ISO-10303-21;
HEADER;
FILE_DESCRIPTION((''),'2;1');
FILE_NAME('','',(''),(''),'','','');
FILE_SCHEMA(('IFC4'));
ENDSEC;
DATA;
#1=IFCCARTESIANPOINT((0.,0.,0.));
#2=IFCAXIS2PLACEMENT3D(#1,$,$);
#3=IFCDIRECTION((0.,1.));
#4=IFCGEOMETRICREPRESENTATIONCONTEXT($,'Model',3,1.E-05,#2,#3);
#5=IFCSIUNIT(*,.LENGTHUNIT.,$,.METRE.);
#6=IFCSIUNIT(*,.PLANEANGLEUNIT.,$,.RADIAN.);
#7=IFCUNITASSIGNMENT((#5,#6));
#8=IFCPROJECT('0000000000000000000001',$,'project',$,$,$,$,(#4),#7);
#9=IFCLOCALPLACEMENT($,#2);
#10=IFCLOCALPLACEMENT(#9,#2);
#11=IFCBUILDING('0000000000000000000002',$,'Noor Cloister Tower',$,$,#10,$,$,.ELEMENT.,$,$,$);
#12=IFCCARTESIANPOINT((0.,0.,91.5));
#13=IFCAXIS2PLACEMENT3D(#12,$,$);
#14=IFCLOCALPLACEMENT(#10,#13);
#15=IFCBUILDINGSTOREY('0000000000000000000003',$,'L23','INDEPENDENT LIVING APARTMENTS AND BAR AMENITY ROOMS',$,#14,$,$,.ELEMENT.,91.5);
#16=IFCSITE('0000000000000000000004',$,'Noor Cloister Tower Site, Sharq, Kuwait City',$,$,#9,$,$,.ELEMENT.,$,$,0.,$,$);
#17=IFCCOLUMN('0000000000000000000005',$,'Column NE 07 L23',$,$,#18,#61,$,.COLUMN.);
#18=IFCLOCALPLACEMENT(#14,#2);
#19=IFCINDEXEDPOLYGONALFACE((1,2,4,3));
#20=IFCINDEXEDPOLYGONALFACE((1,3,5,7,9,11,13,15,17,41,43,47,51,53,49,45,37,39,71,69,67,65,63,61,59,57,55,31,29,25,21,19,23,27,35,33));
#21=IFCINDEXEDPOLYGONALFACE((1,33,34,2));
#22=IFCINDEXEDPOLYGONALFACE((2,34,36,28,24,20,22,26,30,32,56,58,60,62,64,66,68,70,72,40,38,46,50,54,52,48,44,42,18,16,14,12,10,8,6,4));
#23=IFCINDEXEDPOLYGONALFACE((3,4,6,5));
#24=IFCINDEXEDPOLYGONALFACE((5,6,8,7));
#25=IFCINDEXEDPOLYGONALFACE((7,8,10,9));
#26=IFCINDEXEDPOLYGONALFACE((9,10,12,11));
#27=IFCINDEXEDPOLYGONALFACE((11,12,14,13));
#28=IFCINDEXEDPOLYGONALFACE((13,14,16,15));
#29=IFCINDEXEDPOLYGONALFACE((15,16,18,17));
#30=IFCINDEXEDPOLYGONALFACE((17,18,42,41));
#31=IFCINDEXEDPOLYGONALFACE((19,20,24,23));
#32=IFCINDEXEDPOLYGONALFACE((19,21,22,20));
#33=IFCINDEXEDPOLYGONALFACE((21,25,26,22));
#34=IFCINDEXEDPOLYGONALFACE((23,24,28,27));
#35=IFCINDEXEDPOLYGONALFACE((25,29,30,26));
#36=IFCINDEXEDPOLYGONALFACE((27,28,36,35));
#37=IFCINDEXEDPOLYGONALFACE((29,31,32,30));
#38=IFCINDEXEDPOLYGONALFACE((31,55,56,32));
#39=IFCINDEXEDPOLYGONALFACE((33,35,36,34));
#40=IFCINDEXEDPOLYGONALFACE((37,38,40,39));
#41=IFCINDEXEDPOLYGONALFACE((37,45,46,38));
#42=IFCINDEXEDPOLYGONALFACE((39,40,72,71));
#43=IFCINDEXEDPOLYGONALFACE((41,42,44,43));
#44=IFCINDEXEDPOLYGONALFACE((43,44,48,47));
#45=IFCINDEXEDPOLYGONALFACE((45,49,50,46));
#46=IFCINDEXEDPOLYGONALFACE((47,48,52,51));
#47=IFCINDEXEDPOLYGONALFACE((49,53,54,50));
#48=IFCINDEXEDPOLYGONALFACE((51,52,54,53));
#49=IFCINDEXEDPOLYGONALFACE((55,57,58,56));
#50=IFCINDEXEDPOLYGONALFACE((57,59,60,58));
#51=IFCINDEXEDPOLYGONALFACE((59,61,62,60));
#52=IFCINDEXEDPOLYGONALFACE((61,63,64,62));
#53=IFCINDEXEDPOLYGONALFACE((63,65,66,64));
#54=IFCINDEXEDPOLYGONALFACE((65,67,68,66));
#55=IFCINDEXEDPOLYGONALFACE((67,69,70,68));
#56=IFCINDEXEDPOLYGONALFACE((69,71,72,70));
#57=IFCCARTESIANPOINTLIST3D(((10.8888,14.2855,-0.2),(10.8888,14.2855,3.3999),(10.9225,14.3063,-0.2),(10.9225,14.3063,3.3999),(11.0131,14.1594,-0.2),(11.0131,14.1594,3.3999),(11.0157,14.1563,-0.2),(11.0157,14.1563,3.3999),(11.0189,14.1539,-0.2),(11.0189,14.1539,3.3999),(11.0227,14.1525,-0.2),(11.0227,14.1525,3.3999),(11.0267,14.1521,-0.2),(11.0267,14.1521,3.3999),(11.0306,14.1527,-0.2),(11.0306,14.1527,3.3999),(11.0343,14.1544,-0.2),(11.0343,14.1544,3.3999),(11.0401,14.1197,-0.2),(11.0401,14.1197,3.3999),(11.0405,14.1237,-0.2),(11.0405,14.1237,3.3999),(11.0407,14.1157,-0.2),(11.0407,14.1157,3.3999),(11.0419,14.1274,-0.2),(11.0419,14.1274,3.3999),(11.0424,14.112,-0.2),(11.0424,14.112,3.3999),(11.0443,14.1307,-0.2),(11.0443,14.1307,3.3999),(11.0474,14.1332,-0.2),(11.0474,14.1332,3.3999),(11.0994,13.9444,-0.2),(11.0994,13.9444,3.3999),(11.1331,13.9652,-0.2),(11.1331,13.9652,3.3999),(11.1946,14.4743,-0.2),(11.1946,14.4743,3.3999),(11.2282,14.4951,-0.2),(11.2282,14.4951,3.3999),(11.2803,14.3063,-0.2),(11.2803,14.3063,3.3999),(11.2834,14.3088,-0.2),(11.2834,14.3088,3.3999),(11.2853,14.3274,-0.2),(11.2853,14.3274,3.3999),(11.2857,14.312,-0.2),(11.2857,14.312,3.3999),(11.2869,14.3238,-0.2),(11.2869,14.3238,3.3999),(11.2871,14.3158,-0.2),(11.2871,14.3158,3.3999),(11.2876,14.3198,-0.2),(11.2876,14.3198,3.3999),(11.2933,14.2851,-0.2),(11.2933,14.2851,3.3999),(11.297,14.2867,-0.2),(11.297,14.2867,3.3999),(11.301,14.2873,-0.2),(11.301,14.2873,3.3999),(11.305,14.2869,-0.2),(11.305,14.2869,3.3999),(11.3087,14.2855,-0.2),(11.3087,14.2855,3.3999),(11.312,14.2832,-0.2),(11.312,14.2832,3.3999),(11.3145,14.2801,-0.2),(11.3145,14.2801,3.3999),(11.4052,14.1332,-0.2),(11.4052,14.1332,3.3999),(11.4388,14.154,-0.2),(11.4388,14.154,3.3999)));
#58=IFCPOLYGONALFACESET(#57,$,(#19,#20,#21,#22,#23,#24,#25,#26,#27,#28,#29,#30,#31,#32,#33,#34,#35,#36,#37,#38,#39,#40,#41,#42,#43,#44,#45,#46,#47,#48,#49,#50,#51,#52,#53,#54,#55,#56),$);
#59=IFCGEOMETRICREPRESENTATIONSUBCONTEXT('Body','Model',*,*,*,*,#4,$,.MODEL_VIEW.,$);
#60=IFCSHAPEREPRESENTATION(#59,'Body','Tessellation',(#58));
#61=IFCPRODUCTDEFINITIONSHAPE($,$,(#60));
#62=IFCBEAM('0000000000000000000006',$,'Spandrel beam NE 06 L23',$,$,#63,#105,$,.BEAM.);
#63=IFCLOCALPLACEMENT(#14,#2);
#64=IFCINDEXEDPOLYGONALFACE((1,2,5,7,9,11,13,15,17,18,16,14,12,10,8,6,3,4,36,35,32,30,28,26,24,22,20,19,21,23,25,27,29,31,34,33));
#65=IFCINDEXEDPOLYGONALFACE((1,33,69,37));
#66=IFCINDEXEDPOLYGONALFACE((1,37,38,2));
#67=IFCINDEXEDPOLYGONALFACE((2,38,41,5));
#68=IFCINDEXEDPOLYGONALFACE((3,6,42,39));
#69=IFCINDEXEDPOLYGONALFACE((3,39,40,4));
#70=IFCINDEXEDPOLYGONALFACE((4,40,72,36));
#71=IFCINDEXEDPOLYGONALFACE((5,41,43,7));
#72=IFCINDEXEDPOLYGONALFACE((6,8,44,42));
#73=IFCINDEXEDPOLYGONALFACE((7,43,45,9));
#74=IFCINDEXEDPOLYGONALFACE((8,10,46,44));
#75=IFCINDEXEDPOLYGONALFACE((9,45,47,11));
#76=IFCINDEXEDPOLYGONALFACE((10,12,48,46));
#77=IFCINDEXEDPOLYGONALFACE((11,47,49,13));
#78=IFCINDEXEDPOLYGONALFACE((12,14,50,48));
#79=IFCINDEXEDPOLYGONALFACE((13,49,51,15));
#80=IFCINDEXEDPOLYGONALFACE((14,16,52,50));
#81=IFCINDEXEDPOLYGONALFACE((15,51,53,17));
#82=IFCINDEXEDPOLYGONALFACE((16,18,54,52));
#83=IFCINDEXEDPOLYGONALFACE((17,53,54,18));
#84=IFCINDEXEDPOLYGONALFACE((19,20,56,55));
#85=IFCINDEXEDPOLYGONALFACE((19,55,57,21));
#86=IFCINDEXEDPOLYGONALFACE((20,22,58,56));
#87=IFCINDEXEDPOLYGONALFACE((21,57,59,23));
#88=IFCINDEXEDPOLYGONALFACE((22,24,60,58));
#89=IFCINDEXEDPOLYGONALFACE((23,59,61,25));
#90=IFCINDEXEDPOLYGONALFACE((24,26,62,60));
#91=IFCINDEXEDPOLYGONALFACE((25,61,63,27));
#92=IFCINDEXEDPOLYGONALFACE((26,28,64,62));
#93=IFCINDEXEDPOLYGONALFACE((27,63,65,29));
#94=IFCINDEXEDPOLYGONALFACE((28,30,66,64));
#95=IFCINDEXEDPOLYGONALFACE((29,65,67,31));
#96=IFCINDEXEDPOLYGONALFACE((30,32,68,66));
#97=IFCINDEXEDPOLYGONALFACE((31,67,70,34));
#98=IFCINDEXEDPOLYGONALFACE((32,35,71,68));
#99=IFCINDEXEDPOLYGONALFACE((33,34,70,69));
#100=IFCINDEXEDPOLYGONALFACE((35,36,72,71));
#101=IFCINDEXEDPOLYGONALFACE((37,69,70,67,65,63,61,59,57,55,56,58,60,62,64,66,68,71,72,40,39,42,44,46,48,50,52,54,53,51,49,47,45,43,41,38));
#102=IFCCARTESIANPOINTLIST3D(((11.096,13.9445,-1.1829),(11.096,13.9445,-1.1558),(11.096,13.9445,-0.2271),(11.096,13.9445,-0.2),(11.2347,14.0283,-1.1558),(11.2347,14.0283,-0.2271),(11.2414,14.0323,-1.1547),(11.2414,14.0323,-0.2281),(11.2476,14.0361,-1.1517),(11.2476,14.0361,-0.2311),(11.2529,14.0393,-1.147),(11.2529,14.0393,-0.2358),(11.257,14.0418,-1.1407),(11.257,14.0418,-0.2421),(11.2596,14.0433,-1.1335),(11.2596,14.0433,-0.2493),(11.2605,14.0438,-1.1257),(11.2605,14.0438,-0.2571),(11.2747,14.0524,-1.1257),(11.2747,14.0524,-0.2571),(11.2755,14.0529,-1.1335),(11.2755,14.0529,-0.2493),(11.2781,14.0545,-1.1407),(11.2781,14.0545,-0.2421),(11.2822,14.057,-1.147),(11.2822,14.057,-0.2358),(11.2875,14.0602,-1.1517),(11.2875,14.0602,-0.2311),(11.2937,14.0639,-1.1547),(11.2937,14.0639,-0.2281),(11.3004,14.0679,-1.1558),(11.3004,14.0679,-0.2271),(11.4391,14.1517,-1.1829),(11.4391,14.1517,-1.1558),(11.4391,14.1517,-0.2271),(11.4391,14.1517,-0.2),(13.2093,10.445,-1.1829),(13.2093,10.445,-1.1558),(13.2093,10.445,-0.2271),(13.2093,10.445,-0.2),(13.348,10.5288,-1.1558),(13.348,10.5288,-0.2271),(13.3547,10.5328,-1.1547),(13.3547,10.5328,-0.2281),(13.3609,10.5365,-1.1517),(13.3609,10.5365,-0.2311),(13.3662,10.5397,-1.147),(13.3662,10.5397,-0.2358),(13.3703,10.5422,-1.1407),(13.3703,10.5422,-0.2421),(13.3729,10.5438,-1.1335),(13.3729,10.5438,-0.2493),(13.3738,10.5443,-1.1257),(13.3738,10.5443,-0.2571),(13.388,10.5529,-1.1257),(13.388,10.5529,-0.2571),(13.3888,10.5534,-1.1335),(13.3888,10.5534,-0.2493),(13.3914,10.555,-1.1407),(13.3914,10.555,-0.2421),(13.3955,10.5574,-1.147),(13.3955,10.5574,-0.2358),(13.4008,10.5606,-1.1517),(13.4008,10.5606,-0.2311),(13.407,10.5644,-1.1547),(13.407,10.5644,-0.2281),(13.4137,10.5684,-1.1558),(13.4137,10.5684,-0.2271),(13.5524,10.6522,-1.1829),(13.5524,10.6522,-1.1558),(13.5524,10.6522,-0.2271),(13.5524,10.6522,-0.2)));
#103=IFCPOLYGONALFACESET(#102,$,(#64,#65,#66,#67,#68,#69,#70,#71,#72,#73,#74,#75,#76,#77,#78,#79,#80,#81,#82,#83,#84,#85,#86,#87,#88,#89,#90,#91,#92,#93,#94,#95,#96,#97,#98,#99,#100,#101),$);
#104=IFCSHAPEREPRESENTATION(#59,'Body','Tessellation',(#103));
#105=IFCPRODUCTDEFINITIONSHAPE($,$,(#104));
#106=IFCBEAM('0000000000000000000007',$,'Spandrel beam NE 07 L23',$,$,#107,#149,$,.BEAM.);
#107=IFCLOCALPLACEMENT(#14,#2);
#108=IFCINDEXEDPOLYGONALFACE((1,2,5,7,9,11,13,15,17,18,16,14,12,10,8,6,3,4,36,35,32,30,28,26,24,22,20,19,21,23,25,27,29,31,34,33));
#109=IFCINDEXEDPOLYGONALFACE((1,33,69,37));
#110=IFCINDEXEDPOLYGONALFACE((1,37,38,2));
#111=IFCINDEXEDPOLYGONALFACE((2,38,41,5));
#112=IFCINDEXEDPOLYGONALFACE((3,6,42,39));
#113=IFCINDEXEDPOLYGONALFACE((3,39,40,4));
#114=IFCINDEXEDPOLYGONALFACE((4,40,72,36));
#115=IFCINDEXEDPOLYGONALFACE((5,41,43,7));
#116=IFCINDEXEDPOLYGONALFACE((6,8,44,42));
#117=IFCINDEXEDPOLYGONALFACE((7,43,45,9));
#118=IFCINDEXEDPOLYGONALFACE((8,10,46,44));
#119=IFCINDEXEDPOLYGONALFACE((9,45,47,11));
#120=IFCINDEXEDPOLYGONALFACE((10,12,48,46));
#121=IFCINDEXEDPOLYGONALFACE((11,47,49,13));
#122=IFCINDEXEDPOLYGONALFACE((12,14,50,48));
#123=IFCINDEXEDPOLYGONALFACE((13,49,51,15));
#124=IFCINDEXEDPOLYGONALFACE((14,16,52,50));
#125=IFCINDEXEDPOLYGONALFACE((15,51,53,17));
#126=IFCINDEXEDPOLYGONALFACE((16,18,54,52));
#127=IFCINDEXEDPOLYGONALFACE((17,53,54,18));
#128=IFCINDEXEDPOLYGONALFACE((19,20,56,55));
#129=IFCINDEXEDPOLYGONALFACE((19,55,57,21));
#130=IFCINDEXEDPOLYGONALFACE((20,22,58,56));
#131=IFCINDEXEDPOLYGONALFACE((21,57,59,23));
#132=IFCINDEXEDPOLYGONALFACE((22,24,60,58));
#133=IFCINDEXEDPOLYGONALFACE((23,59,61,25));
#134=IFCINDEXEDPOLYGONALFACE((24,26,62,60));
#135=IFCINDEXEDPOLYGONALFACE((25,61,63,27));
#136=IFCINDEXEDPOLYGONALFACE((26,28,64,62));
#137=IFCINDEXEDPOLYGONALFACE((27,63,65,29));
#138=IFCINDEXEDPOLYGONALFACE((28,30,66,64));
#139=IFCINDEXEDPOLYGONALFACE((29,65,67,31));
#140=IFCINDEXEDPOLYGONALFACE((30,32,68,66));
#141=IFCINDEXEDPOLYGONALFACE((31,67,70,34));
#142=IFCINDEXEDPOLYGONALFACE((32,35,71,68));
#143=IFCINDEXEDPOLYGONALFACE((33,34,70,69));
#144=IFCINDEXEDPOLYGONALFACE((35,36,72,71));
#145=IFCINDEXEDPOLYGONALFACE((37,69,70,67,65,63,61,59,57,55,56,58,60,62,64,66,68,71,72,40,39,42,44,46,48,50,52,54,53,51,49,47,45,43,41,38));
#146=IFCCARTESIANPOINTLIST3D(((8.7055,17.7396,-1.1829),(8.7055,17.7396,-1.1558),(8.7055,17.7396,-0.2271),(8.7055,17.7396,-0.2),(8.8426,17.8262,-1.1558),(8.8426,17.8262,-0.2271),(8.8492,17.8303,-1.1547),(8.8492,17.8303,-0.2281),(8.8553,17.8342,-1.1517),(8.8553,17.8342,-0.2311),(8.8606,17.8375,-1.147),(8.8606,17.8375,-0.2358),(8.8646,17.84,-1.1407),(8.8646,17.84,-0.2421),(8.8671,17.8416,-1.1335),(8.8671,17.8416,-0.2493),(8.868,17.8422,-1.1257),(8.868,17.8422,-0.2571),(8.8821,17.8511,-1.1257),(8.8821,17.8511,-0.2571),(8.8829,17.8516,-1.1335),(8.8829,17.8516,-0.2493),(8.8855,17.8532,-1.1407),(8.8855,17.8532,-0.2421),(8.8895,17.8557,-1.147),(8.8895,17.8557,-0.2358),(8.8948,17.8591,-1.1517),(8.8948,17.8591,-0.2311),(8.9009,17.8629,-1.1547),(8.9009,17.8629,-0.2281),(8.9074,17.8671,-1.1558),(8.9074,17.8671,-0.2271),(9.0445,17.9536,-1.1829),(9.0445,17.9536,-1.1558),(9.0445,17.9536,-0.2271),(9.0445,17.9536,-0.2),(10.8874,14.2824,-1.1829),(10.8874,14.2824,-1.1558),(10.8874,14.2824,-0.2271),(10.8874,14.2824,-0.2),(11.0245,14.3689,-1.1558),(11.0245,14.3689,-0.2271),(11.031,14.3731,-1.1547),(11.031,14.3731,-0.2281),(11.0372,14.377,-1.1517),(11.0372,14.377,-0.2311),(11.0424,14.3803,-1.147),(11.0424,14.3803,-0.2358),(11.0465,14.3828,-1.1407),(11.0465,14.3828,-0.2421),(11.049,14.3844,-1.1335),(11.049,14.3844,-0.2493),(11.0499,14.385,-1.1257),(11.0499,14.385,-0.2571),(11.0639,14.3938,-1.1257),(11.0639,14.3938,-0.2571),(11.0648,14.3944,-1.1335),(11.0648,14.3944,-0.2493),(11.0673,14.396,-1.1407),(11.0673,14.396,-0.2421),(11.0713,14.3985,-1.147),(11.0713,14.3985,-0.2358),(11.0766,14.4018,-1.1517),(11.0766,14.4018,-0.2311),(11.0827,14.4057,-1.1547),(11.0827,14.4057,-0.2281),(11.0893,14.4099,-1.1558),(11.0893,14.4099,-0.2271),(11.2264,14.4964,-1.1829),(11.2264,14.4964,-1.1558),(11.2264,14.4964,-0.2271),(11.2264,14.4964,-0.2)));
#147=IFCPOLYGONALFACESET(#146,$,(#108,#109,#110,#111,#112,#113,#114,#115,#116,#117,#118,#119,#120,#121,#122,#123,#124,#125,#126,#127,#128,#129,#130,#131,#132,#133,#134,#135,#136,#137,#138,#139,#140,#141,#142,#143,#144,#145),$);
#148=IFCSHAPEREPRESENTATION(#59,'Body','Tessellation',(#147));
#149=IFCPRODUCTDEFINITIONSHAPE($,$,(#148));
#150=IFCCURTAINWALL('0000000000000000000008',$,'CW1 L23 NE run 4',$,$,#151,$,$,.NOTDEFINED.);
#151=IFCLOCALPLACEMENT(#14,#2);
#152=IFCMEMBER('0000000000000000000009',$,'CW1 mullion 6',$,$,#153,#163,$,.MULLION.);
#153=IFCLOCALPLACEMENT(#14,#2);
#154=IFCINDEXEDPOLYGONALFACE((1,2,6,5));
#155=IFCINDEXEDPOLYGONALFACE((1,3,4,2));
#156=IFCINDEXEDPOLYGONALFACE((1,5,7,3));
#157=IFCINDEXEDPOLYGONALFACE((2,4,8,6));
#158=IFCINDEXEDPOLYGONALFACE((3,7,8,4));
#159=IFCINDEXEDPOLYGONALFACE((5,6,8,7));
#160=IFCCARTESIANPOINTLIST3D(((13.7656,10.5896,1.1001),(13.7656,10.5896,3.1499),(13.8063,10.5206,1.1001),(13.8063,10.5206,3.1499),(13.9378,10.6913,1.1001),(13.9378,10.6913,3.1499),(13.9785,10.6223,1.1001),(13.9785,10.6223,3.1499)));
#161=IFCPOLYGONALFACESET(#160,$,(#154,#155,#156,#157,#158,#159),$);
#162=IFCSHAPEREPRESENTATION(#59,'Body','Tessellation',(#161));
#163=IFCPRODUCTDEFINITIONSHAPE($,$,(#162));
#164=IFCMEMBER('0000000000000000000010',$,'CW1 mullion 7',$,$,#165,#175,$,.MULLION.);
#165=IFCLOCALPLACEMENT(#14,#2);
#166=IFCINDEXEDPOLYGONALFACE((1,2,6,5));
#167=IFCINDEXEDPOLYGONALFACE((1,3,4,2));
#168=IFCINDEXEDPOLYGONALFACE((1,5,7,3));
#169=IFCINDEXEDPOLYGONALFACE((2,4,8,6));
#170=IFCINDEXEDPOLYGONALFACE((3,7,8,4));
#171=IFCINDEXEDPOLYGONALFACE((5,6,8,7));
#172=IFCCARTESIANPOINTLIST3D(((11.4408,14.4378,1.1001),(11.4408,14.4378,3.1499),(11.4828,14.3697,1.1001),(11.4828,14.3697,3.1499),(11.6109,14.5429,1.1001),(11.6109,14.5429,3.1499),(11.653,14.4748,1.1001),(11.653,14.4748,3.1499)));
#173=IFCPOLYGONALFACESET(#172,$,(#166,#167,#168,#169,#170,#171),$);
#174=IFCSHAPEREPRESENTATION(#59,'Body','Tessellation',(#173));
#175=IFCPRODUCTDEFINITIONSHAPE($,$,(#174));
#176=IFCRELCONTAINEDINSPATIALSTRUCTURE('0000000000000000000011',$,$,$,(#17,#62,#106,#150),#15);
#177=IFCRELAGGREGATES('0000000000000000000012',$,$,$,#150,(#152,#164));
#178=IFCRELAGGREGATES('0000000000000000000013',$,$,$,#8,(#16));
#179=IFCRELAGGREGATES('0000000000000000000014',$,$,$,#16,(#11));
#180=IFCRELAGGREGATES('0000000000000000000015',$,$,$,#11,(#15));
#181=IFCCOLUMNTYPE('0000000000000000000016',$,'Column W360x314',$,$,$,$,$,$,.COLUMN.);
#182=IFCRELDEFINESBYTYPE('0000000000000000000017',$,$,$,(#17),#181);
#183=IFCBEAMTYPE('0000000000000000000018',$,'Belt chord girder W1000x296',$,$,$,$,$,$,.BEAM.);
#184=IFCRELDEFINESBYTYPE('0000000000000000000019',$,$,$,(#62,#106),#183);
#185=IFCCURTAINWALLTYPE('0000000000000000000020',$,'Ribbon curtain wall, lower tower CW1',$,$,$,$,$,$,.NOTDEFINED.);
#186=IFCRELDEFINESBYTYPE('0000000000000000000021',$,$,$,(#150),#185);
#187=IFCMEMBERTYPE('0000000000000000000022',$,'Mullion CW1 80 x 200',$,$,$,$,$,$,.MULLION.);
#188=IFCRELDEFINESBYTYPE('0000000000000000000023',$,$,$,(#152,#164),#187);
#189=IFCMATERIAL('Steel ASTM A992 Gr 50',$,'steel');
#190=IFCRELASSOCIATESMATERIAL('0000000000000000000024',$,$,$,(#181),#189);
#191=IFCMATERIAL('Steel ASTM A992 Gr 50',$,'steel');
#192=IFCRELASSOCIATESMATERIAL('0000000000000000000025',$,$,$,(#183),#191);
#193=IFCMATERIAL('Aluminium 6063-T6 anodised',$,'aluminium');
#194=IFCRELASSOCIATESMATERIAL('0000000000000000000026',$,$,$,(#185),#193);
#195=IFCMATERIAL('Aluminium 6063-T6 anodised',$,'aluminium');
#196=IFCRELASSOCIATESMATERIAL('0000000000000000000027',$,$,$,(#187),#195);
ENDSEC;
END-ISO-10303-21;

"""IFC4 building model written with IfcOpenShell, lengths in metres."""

from ifc_helpers import new_model, si_unit, direction, frame, origin, origin_2d, place, context, subcontext, project, spatial, rectangle, i_section, extrude, material, material_profile, profile_set, type_object, element, aggregate, save


model = new_model("IFC4")

# Units and contexts
model_context = context("Model", 3, precision=1e-05, world=origin(), true_north=direction((0.0, 1.0)))
body_context = subcontext(model_context, "Body", "Model", "MODEL_VIEW")
ifc_project = project(units=[si_unit("LENGTHUNIT", "METRE"), si_unit("PLANEANGLEUNIT", "RADIAN")], contexts=[model_context])

# Site, building, storey
site_placement = place(None, origin())
site = spatial("IfcSite", under=ifc_project, at=site_placement, Name="Noor Cloister Tower Site, Sharq, Kuwait City", CompositionType="ELEMENT", RefElevation=0.0)
building_placement = place(site_placement, origin())
building = spatial("IfcBuilding", under=site, at=building_placement, Name="Noor Cloister Tower", CompositionType="ELEMENT")
storey_placement = place(building_placement, frame((0.0, 0.0, 91.5)))
storey = spatial("IfcBuildingStorey", under=building, at=storey_placement, Name="L23", Description="INDEPENDENT LIVING APARTMENTS AND BAR AMENITY ROOMS", CompositionType="ELEMENT", Elevation=91.5)

# Column
ifc_material_1 = material(Name="Steel ASTM A992 Gr 50", Category="steel")
ifc_material_profile_1 = material_profile(ifc_material_1, i_section(OverallWidth=0.4009, OverallDepth=0.3989, WebThickness=0.0249, FlangeThickness=0.0396, FilletRadius=0.0154, at=origin_2d()), Name="W360x314")
ifc_profile_set_1 = profile_set([ifc_material_profile_1], Name="Steel ASTM A992 Gr 50")
column_type = type_object("IfcColumnType", Name="Column W360x314", PredefinedType="COLUMN", material=ifc_profile_set_1)
column_placement = place(storey_placement, frame((11.1638, 14.2197, -0.2), z_axis=(0.0, 0.0, 1.0), x_axis=(-0.525348, 0.850888, 0.0)))
element("IfcColumn", 1, at=column_placement, inside=storey, type_object=column_type, Name="Column NE 07 L23", PredefinedType="COLUMN", context=body_context, shape_type="SweptSolid", body=[
    extrude(i_section(OverallWidth=0.4009, OverallDepth=0.3989, WebThickness=0.0249, FlangeThickness=0.0396, FilletRadius=0.0154, at=origin_2d()), origin(), (0.0, 0.0, 1.0), 3.5999),
])

# Beams
ifc_material_2 = material(Name="Steel ASTM A992 Gr 50", Category="steel")
ifc_material_profile_2 = material_profile(ifc_material_2, i_section(OverallWidth=0.4009, OverallDepth=0.9829, WebThickness=0.0166, FlangeThickness=0.0271, FilletRadius=0.03, at=origin_2d()), Name="W1000x296")
ifc_profile_set_2 = profile_set([ifc_material_profile_2], Name="Steel ASTM A992 Gr 50")
beam_type_1 = type_object("IfcBeamType", Name="Belt chord girder W1000x296", PredefinedType="BEAM", material=ifc_profile_set_2)
for number, where, z_axis, x_axis, name in (
    (2, (13.3809, 10.5486, -0.6914), (-0.516935, 0.856025, 0.0), (-0.856025, -0.516935, 0.0), "Spandrel beam NE 06 L23"),
    (3, (11.0569, 14.3894, -0.6914), (-0.533703, 0.845672, 0.0), (-0.845672, -0.533703, 0.0), "Spandrel beam NE 07 L23"),
):
    element("IfcBeam", number, at=place(storey_placement, frame(where, z_axis=z_axis, x_axis=x_axis)), inside=storey, type_object=beam_type_1, Name=name, PredefinedType="BEAM", context=body_context, shape_type="SweptSolid", body=[
        extrude(i_section(OverallWidth=0.4009, OverallDepth=0.9829, WebThickness=0.0166, FlangeThickness=0.0271, FilletRadius=0.03, at=origin_2d()), origin(), (0.0, 0.0, 1.0), 4.0881),
    ])

# Curtain wall, members
ifc_material_3 = material(Name="Aluminium 6063-T6 anodised", Category="aluminium")
curtain_wall_type = type_object("IfcCurtainWallType", Name="Ribbon curtain wall, lower tower CW1", PredefinedType="NOTDEFINED", material=ifc_material_3)
curtain_wall_placement = place(storey_placement, origin())
curtain_wall = element("IfcCurtainWall", 4, at=curtain_wall_placement, inside=storey, type_object=curtain_wall_type, Name="CW1 L23 NE run 4", PredefinedType="NOTDEFINED")
ifc_material_4 = material(Name="Aluminium 6063-T6 anodised", Category="aluminium")
ifc_material_profile_3 = material_profile(ifc_material_4, rectangle(XDim=0.2, YDim=0.0801, at=origin_2d()), Name="200 x 80 mullion")
ifc_profile_set_3 = profile_set([ifc_material_profile_3], Name="Aluminium 6063-T6 anodised")
member_type = type_object("IfcMemberType", Name="Mullion CW1 80 x 200", PredefinedType="MULLION", material=ifc_profile_set_3)
member_1_placement = place(storey_placement, frame((13.8721, 10.606, 1.1001), z_axis=(0.0, 0.0, 1.0), x_axis=(-0.861063, -0.508499, 0.0)))
member_1 = element("IfcMember", 5, at=member_1_placement, type_object=member_type, Name="CW1 mullion 6", PredefinedType="MULLION", context=body_context, shape_type="SweptSolid", body=[
    extrude(rectangle(XDim=0.2, YDim=0.0801, at=origin_2d()), origin(), (0.0, 0.0, 1.0), 2.0498),
])
member_2_placement = place(storey_placement, frame((11.5469, 14.4563, 1.1001), z_axis=(0.0, 0.0, 1.0), x_axis=(-0.850888, -0.525348, 0.0)))
member_2 = element("IfcMember", 6, at=member_2_placement, type_object=member_type, Name="CW1 mullion 7", PredefinedType="MULLION", context=body_context, shape_type="SweptSolid", body=[
    extrude(rectangle(XDim=0.2, YDim=0.0801, at=origin_2d()), origin(), (0.0, 0.0, 1.0), 2.0498),
])

aggregate(curtain_wall, [member_1, member_2])

save(model, "model.ifc")
